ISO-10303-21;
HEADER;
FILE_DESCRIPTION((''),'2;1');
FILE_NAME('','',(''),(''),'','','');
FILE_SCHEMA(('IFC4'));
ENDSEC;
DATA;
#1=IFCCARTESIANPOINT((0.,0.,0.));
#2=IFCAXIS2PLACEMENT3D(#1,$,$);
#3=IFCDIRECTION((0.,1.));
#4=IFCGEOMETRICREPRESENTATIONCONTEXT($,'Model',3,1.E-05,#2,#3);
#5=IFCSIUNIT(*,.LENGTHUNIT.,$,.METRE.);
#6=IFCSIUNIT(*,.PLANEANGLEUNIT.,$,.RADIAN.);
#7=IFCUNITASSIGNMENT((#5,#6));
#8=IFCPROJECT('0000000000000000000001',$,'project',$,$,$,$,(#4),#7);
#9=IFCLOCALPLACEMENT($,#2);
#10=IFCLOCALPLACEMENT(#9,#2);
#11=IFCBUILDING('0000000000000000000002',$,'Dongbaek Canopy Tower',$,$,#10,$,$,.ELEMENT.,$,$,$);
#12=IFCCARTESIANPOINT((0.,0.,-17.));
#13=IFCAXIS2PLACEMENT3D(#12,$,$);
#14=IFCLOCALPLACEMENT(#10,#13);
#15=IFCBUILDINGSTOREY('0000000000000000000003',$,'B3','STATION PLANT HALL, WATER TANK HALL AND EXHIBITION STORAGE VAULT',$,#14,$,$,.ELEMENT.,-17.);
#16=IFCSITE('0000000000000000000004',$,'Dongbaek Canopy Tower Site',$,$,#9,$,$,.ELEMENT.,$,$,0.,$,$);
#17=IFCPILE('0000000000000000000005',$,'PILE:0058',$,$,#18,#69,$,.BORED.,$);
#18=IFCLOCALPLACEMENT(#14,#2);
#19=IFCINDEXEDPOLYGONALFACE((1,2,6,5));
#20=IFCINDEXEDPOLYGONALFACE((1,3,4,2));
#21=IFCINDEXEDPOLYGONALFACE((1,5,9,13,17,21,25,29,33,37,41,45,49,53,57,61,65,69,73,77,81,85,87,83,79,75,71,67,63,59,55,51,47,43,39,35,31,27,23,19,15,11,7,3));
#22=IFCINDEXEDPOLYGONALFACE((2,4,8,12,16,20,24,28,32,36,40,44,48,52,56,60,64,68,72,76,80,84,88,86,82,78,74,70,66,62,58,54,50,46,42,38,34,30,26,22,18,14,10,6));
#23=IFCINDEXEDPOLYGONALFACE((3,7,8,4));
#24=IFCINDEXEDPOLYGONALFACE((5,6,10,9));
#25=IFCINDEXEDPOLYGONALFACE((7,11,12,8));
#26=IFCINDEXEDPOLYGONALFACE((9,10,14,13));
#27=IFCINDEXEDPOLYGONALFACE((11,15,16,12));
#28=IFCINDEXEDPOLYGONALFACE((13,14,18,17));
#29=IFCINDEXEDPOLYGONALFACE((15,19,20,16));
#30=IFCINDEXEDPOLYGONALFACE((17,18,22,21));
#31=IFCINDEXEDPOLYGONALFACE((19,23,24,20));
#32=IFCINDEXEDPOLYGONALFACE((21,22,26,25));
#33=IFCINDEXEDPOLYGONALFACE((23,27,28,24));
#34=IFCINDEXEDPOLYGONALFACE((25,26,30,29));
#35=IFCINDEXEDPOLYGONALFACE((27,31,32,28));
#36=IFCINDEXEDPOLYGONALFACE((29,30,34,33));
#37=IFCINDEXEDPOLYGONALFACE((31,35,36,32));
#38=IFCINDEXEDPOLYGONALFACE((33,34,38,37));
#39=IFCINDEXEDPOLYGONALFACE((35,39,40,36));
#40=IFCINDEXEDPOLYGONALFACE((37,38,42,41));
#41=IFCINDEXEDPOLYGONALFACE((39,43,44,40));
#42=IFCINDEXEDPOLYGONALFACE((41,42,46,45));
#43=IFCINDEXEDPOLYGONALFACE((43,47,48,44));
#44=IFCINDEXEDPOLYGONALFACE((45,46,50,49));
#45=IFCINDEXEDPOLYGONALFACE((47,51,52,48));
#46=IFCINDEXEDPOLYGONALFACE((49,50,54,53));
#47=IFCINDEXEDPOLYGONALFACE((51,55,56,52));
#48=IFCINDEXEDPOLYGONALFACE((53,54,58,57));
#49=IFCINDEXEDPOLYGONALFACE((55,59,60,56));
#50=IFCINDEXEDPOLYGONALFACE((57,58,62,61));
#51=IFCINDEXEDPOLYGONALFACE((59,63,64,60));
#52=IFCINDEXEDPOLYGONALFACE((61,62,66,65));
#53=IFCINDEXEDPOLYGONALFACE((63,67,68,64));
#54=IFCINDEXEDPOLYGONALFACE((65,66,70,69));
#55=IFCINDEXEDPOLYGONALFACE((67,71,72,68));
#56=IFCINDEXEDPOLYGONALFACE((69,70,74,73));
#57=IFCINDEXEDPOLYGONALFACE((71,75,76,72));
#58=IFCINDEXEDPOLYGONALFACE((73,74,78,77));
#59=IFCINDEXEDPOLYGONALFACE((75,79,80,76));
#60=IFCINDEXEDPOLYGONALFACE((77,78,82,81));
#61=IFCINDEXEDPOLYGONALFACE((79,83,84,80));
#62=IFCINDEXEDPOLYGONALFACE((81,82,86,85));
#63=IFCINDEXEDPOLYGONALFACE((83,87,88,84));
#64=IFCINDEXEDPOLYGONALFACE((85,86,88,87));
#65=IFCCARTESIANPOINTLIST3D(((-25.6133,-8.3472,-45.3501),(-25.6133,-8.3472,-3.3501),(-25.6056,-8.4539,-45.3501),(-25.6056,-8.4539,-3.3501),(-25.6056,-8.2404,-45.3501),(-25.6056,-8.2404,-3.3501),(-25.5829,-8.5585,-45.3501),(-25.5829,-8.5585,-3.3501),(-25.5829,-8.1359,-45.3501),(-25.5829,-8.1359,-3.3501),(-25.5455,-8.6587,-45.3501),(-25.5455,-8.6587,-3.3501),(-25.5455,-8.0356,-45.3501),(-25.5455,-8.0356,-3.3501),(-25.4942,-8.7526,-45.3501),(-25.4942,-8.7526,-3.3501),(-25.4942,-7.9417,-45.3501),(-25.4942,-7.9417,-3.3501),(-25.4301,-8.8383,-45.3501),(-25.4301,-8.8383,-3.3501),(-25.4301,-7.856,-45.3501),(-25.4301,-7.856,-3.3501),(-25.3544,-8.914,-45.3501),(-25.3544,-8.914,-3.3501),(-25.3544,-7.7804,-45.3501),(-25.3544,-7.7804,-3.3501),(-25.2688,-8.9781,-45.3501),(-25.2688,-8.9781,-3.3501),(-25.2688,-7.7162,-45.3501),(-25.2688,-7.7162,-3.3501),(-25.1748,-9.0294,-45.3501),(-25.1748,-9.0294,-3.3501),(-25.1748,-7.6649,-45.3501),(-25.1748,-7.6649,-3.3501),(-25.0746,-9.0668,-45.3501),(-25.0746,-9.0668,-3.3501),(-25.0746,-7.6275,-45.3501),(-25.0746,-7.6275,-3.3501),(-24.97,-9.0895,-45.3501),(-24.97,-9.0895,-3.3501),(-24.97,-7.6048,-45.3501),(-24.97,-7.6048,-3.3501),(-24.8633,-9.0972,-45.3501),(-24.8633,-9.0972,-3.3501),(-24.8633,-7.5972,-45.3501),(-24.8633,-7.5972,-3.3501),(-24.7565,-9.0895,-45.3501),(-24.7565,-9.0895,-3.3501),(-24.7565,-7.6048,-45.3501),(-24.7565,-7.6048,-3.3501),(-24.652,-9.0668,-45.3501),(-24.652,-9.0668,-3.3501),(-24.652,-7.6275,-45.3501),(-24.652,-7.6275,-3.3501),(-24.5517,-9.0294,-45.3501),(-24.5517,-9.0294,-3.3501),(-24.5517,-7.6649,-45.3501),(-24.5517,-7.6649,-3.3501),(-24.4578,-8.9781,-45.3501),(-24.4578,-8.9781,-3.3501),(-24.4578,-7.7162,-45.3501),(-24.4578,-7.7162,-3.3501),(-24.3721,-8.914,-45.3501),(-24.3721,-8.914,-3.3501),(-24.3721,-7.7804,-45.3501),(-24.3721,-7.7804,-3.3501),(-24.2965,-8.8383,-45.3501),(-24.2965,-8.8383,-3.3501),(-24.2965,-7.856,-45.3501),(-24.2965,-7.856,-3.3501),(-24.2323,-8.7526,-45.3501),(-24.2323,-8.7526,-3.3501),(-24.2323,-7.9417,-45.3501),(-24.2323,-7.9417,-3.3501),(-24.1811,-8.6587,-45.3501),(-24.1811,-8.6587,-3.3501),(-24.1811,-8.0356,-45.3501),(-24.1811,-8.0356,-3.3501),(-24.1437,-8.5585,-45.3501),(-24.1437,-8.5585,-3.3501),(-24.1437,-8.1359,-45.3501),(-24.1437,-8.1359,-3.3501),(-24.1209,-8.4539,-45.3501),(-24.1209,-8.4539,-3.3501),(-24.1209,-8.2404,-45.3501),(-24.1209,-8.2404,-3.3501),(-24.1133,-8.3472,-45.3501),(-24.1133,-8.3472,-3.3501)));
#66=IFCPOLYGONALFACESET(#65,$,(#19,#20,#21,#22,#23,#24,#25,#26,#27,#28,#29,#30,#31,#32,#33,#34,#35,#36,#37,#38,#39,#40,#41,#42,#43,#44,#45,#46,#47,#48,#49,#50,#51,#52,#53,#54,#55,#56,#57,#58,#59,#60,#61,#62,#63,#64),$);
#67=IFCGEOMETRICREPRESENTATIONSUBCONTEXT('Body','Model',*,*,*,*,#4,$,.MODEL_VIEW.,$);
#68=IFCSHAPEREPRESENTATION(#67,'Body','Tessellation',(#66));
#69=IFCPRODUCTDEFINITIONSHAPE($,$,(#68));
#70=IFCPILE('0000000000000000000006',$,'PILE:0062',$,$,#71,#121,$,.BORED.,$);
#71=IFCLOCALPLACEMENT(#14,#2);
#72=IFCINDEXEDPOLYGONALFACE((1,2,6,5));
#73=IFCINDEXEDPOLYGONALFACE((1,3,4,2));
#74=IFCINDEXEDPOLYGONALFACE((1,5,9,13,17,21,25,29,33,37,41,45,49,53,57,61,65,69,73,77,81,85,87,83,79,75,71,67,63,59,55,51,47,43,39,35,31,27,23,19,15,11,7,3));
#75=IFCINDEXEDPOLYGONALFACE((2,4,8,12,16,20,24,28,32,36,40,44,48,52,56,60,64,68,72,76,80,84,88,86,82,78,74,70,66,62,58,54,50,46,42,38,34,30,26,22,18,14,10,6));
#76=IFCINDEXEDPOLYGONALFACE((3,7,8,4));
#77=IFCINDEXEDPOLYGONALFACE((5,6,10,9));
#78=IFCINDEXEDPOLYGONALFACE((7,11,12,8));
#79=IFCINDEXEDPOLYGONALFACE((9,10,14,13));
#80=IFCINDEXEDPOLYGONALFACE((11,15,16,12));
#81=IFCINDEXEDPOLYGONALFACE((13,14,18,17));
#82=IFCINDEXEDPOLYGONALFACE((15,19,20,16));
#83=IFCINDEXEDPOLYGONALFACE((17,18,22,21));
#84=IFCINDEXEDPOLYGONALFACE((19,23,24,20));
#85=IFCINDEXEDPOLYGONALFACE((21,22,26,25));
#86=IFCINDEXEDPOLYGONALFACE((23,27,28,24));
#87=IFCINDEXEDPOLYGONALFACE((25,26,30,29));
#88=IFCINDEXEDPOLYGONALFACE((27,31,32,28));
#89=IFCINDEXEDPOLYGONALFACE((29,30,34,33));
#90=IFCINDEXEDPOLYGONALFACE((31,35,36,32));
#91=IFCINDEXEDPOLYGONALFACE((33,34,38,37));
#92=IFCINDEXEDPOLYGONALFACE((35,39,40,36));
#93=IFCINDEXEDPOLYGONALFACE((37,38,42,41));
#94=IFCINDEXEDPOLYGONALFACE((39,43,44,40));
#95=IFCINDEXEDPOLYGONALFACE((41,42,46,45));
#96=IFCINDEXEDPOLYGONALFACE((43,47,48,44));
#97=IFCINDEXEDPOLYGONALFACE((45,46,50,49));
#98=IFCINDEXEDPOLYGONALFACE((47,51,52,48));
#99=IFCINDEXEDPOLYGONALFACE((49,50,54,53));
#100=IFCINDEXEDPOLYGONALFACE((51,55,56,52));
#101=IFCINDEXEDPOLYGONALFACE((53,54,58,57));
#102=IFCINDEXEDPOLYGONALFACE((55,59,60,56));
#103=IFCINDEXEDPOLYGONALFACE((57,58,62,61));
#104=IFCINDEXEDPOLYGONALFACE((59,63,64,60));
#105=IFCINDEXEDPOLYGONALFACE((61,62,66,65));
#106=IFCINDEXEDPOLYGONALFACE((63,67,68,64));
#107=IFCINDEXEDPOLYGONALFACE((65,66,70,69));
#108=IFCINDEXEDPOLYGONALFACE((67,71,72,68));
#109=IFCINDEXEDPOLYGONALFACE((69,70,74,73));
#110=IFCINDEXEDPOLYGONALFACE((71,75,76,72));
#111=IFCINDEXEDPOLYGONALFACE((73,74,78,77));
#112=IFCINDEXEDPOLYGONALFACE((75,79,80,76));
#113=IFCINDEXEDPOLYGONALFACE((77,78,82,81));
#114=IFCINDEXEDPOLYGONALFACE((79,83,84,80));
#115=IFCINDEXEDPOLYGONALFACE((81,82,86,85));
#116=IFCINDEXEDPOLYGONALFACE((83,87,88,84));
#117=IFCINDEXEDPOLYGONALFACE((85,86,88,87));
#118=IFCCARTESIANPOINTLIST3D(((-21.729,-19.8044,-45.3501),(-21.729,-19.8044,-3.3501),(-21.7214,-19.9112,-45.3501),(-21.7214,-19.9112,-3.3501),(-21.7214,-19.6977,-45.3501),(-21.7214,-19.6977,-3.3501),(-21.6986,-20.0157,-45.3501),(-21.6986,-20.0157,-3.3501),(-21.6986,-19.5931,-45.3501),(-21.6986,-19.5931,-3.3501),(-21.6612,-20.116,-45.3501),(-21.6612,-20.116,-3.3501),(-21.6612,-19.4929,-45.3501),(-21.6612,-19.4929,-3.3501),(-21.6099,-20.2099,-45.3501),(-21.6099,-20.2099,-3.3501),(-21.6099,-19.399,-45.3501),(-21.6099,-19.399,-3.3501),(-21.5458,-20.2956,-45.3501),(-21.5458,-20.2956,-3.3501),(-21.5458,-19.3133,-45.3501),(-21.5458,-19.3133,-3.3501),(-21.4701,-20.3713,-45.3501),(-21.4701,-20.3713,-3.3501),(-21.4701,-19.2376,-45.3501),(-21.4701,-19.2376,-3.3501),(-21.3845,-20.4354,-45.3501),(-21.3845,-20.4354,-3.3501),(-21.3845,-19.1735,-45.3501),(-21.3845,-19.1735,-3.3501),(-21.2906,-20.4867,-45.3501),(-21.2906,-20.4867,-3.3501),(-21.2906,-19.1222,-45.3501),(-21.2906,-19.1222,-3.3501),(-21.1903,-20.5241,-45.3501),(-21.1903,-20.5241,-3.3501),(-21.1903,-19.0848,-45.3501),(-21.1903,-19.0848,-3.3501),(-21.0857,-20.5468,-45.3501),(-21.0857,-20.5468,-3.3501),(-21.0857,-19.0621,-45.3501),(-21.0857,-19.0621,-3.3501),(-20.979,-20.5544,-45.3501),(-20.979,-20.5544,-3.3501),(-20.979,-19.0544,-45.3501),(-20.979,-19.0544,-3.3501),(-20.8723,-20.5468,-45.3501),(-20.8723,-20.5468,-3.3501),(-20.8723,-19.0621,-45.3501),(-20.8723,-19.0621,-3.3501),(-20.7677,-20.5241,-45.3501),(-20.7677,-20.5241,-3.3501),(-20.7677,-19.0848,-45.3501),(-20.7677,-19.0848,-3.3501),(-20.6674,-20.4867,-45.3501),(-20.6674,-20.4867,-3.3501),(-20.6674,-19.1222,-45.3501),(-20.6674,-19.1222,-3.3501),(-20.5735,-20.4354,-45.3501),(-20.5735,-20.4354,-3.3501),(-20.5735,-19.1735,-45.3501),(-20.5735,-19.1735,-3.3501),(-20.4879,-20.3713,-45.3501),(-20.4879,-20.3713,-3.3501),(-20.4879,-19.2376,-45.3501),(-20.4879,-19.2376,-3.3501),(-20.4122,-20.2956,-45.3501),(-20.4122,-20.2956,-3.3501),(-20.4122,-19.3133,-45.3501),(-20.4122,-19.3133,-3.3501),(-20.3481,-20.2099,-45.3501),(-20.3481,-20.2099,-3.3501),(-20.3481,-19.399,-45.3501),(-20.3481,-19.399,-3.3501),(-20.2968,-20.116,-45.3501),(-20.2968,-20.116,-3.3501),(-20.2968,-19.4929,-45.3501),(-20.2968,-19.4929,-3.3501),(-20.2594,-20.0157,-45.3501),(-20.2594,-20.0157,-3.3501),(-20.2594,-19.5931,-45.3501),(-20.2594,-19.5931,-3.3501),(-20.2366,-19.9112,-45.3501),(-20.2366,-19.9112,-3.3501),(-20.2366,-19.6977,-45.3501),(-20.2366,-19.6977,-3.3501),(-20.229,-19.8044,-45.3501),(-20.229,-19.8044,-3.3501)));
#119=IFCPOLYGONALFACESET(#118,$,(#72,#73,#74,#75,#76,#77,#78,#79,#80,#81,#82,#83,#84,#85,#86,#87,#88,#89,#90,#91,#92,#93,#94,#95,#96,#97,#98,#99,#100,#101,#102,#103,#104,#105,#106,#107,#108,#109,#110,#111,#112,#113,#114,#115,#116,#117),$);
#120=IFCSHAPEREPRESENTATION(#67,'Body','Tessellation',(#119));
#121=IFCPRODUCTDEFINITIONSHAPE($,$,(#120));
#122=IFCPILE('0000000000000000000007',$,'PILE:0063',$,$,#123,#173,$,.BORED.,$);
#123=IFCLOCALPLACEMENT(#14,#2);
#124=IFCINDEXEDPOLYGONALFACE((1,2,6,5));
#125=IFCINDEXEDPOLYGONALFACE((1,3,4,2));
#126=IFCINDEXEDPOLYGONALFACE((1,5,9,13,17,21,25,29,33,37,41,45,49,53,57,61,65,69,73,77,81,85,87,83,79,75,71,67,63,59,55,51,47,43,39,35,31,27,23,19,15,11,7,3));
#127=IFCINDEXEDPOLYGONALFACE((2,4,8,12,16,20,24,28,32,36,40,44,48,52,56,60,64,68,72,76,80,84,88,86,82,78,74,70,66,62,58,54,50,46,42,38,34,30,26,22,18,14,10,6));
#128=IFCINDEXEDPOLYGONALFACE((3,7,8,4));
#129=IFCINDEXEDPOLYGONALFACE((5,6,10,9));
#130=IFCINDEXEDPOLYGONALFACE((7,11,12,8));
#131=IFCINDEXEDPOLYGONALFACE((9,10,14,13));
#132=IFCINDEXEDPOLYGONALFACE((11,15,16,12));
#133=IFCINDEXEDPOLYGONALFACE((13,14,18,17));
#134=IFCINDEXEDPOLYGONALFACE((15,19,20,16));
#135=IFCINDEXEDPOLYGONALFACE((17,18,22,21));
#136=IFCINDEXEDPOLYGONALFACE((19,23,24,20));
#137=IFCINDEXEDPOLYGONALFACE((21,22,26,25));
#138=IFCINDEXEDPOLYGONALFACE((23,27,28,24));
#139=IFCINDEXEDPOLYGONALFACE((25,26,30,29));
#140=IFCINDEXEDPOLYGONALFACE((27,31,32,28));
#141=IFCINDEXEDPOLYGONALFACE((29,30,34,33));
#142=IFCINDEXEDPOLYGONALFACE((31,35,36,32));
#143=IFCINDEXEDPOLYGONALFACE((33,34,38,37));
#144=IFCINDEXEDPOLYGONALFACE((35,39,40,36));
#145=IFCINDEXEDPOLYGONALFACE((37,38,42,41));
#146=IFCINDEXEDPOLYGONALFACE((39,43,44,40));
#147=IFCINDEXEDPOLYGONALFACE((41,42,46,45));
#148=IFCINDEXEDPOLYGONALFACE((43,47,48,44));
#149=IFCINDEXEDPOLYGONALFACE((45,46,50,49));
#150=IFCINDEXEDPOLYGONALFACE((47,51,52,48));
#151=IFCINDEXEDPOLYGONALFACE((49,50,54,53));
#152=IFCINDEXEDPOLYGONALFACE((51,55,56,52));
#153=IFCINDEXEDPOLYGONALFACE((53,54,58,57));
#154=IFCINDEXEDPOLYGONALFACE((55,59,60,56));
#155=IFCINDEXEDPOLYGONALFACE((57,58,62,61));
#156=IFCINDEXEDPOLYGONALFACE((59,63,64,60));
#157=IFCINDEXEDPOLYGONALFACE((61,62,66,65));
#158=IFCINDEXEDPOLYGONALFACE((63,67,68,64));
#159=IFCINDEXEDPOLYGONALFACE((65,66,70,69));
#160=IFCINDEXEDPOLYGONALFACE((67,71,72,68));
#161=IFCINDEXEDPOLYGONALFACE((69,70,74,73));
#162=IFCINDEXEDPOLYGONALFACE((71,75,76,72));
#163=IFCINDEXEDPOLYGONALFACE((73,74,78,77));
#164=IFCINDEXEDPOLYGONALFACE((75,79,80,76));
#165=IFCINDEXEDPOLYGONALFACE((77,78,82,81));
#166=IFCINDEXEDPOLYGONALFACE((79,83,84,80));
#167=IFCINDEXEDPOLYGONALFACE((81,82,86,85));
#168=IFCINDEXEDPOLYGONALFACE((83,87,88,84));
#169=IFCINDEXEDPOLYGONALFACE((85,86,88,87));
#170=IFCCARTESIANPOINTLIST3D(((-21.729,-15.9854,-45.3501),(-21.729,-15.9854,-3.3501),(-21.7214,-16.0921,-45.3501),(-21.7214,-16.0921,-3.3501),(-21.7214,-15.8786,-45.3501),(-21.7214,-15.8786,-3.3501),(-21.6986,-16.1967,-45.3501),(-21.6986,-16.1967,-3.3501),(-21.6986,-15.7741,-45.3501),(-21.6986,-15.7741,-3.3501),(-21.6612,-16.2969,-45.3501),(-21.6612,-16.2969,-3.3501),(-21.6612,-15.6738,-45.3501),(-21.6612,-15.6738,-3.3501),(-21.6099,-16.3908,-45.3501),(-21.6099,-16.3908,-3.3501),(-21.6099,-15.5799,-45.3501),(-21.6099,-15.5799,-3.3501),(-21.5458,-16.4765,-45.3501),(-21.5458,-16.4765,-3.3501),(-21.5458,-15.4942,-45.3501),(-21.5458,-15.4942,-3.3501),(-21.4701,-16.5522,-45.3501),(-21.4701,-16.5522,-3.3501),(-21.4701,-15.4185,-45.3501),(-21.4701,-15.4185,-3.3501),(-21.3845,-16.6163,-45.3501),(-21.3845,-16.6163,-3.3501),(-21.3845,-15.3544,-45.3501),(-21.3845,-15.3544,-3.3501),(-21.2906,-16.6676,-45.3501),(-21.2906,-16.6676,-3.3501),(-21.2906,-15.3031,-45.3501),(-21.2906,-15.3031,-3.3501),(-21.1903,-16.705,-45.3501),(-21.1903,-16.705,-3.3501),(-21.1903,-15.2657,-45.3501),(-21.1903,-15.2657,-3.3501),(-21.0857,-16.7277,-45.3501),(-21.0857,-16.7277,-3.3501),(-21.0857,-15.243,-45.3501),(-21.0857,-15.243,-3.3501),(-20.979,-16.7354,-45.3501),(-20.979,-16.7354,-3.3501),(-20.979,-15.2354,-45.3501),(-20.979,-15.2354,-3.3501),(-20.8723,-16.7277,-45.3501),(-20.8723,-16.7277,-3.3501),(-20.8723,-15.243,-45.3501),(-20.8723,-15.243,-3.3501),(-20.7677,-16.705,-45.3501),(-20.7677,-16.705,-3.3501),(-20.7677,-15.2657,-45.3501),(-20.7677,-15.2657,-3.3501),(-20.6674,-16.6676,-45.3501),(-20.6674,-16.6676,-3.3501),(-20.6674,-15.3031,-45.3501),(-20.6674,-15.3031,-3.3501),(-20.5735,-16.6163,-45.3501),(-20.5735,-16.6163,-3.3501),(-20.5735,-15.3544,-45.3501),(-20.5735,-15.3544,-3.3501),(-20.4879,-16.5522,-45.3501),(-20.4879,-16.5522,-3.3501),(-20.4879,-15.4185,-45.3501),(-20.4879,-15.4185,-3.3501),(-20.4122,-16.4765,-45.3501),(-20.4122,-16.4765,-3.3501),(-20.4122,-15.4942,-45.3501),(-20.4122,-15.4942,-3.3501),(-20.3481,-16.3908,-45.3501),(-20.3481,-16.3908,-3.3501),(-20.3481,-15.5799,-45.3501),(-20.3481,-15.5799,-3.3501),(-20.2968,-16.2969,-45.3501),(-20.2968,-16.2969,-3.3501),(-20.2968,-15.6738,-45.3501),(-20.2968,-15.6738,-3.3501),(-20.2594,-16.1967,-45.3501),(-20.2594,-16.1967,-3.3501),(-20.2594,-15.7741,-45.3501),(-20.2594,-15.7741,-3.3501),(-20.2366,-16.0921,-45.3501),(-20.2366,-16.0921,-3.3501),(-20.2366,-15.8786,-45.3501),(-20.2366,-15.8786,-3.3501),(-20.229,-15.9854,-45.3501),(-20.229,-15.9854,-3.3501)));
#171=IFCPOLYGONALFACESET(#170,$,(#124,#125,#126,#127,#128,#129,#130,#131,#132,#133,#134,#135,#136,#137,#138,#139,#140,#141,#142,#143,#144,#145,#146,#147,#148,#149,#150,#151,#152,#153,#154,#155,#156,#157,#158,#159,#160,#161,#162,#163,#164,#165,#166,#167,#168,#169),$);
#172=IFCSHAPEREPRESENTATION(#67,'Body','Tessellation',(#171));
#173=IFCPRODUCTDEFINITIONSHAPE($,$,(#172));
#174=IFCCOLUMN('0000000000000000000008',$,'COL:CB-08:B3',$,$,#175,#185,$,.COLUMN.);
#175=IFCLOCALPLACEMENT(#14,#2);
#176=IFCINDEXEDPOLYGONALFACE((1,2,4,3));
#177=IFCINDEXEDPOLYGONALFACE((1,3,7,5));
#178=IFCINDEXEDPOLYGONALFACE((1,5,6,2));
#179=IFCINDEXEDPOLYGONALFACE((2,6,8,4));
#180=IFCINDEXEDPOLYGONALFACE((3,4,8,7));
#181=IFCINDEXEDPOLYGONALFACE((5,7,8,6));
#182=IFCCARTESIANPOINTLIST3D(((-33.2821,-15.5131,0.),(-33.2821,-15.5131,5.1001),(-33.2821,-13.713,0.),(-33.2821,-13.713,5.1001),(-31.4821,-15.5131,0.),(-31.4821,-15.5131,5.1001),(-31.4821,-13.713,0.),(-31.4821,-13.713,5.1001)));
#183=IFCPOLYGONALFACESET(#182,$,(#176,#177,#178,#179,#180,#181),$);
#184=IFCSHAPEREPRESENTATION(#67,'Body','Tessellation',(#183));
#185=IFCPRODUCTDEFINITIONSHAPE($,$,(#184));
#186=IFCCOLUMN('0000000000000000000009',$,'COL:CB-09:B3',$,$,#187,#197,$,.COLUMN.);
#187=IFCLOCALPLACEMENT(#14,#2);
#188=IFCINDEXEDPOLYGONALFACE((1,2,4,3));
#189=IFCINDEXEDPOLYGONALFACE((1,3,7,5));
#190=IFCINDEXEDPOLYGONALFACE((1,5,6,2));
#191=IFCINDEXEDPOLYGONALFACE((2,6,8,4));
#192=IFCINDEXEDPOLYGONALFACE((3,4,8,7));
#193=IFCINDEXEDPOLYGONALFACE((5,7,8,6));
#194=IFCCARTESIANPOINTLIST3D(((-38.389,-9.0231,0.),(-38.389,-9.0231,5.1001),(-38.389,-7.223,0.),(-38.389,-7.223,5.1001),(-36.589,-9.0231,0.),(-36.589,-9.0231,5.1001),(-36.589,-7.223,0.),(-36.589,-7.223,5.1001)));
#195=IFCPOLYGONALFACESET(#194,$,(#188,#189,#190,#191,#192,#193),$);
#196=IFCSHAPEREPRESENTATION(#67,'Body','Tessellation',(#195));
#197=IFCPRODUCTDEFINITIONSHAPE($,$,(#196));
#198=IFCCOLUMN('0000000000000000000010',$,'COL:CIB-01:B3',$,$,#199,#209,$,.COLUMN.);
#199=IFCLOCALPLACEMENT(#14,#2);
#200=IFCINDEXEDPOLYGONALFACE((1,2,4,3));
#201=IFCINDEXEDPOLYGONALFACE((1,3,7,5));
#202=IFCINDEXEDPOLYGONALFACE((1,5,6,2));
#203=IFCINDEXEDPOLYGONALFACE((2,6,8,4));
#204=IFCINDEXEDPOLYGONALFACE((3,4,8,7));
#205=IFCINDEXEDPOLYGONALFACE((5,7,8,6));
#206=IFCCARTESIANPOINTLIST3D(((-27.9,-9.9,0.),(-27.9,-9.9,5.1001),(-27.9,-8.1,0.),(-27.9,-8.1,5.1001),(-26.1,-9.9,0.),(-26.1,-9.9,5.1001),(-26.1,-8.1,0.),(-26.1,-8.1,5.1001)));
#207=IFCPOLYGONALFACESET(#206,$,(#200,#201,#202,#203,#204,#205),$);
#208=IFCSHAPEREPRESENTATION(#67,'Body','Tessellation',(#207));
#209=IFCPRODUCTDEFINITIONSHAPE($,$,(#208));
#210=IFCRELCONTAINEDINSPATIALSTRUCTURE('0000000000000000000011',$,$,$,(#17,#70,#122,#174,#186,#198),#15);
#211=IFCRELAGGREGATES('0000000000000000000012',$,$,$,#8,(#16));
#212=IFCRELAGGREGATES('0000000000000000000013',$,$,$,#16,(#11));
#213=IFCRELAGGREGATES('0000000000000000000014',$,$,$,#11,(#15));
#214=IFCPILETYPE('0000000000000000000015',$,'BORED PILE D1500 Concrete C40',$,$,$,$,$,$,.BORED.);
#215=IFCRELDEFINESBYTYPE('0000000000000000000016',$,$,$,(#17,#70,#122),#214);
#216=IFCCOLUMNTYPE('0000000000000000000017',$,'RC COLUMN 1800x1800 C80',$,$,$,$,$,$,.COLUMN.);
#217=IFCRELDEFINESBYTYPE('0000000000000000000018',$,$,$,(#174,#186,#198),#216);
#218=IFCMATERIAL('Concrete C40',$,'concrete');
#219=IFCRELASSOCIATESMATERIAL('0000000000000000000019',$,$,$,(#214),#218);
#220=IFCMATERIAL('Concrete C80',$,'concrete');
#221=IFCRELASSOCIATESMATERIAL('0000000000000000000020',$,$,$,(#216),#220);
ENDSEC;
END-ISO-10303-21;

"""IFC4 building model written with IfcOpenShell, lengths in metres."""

from ifc_helpers import new_model, si_unit, direction, frame, origin, origin_2d, place, context, subcontext, project, spatial, rectangle, circle, extrude, material, material_profile, profile_set, type_object, element, save


model = new_model("IFC4")

# Units and contexts
model_context = context("Model", 3, precision=1e-05, world=origin(), true_north=direction((0.0, 1.0)))
body_context = subcontext(model_context, "Body", "Model", "MODEL_VIEW")
ifc_project = project(units=[si_unit("LENGTHUNIT", "METRE"), si_unit("PLANEANGLEUNIT", "RADIAN")], contexts=[model_context])

# Site, building, storey
site_placement = place(None, origin())
site = spatial("IfcSite", under=ifc_project, at=site_placement, Name="Dongbaek Canopy Tower Site", CompositionType="ELEMENT", RefElevation=0.0)
building_placement = place(site_placement, origin())
building = spatial("IfcBuilding", under=site, at=building_placement, Name="Dongbaek Canopy Tower", CompositionType="ELEMENT")
storey_placement = place(building_placement, frame((0.0, 0.0, -17.0)))
storey = spatial("IfcBuildingStorey", under=building, at=storey_placement, Name="B3", Description="STATION PLANT HALL, WATER TANK HALL AND EXHIBITION STORAGE VAULT", CompositionType="ELEMENT", Elevation=-17.0)

# Piles
ifc_material_1 = material(Name="Concrete C40", Category="concrete")
ifc_material_profile_1 = material_profile(ifc_material_1, circle(Radius=0.75, at=origin_2d()), Name="BORED PILE D1500 Concrete C40")
ifc_profile_set_1 = profile_set([ifc_material_profile_1], Name="Concrete C40")
pile_type = type_object("IfcPileType", Name="BORED PILE D1500 Concrete C40", PredefinedType="BORED", material=ifc_profile_set_1)
for number, where, z_axis, x_axis, name in (
    (1, (-24.8633, -8.3472, -3.3501), (0.0, 0.0, -1.0), (1.0, 0.0, 0.0), "PILE:0058"),
    (2, (-20.979, -19.8044, -3.3501), (0.0, 0.0, -1.0), (1.0, 0.0, 0.0), "PILE:0062"),
    (3, (-20.979, -15.9854, -3.3501), (0.0, 0.0, -1.0), (1.0, 0.0, 0.0), "PILE:0063"),
):
    element("IfcPile", number, at=place(storey_placement, frame(where, z_axis=z_axis, x_axis=x_axis)), inside=storey, type_object=pile_type, Name=name, PredefinedType="BORED", context=body_context, shape_type="SweptSolid", body=[
        extrude(circle(Radius=0.75, at=origin_2d()), origin(), (0.0, 0.0, 1.0), 42.0),
    ])

# Columns
ifc_material_2 = material(Name="Concrete C80", Category="concrete")
ifc_material_profile_2 = material_profile(ifc_material_2, rectangle(XDim=1.8, YDim=1.8, at=origin_2d()), Name="RC COLUMN 1800x1800 C80")
ifc_profile_set_2 = profile_set([ifc_material_profile_2], Name="Concrete C80")
column_type = type_object("IfcColumnType", Name="RC COLUMN 1800x1800 C80", PredefinedType="COLUMN", material=ifc_profile_set_2)
for number, where, z_axis, x_axis, name in (
    (4, (-32.3821, -14.613, 0.0), (0.0, 0.0, 1.0), (1.0, 0.0, 0.0), "COL:CB-08:B3"),
    (5, (-37.489, -8.123, 0.0), (0.0, 0.0, 1.0), (1.0, 0.0, 0.0), "COL:CB-09:B3"),
    (6, (-27.0, -9.0, 0.0), (0.0, 0.0, 1.0), (1.0, 0.0, 0.0), "COL:CIB-01:B3"),
):
    element("IfcColumn", number, at=place(storey_placement, frame(where, z_axis=z_axis, x_axis=x_axis)), inside=storey, type_object=column_type, Name=name, PredefinedType="COLUMN", context=body_context, shape_type="SweptSolid", body=[
        extrude(rectangle(XDim=1.8, YDim=1.8, at=origin_2d()), origin(), (0.0, 0.0, 1.0), 5.1001),
    ])

save(model, "model.ifc")
